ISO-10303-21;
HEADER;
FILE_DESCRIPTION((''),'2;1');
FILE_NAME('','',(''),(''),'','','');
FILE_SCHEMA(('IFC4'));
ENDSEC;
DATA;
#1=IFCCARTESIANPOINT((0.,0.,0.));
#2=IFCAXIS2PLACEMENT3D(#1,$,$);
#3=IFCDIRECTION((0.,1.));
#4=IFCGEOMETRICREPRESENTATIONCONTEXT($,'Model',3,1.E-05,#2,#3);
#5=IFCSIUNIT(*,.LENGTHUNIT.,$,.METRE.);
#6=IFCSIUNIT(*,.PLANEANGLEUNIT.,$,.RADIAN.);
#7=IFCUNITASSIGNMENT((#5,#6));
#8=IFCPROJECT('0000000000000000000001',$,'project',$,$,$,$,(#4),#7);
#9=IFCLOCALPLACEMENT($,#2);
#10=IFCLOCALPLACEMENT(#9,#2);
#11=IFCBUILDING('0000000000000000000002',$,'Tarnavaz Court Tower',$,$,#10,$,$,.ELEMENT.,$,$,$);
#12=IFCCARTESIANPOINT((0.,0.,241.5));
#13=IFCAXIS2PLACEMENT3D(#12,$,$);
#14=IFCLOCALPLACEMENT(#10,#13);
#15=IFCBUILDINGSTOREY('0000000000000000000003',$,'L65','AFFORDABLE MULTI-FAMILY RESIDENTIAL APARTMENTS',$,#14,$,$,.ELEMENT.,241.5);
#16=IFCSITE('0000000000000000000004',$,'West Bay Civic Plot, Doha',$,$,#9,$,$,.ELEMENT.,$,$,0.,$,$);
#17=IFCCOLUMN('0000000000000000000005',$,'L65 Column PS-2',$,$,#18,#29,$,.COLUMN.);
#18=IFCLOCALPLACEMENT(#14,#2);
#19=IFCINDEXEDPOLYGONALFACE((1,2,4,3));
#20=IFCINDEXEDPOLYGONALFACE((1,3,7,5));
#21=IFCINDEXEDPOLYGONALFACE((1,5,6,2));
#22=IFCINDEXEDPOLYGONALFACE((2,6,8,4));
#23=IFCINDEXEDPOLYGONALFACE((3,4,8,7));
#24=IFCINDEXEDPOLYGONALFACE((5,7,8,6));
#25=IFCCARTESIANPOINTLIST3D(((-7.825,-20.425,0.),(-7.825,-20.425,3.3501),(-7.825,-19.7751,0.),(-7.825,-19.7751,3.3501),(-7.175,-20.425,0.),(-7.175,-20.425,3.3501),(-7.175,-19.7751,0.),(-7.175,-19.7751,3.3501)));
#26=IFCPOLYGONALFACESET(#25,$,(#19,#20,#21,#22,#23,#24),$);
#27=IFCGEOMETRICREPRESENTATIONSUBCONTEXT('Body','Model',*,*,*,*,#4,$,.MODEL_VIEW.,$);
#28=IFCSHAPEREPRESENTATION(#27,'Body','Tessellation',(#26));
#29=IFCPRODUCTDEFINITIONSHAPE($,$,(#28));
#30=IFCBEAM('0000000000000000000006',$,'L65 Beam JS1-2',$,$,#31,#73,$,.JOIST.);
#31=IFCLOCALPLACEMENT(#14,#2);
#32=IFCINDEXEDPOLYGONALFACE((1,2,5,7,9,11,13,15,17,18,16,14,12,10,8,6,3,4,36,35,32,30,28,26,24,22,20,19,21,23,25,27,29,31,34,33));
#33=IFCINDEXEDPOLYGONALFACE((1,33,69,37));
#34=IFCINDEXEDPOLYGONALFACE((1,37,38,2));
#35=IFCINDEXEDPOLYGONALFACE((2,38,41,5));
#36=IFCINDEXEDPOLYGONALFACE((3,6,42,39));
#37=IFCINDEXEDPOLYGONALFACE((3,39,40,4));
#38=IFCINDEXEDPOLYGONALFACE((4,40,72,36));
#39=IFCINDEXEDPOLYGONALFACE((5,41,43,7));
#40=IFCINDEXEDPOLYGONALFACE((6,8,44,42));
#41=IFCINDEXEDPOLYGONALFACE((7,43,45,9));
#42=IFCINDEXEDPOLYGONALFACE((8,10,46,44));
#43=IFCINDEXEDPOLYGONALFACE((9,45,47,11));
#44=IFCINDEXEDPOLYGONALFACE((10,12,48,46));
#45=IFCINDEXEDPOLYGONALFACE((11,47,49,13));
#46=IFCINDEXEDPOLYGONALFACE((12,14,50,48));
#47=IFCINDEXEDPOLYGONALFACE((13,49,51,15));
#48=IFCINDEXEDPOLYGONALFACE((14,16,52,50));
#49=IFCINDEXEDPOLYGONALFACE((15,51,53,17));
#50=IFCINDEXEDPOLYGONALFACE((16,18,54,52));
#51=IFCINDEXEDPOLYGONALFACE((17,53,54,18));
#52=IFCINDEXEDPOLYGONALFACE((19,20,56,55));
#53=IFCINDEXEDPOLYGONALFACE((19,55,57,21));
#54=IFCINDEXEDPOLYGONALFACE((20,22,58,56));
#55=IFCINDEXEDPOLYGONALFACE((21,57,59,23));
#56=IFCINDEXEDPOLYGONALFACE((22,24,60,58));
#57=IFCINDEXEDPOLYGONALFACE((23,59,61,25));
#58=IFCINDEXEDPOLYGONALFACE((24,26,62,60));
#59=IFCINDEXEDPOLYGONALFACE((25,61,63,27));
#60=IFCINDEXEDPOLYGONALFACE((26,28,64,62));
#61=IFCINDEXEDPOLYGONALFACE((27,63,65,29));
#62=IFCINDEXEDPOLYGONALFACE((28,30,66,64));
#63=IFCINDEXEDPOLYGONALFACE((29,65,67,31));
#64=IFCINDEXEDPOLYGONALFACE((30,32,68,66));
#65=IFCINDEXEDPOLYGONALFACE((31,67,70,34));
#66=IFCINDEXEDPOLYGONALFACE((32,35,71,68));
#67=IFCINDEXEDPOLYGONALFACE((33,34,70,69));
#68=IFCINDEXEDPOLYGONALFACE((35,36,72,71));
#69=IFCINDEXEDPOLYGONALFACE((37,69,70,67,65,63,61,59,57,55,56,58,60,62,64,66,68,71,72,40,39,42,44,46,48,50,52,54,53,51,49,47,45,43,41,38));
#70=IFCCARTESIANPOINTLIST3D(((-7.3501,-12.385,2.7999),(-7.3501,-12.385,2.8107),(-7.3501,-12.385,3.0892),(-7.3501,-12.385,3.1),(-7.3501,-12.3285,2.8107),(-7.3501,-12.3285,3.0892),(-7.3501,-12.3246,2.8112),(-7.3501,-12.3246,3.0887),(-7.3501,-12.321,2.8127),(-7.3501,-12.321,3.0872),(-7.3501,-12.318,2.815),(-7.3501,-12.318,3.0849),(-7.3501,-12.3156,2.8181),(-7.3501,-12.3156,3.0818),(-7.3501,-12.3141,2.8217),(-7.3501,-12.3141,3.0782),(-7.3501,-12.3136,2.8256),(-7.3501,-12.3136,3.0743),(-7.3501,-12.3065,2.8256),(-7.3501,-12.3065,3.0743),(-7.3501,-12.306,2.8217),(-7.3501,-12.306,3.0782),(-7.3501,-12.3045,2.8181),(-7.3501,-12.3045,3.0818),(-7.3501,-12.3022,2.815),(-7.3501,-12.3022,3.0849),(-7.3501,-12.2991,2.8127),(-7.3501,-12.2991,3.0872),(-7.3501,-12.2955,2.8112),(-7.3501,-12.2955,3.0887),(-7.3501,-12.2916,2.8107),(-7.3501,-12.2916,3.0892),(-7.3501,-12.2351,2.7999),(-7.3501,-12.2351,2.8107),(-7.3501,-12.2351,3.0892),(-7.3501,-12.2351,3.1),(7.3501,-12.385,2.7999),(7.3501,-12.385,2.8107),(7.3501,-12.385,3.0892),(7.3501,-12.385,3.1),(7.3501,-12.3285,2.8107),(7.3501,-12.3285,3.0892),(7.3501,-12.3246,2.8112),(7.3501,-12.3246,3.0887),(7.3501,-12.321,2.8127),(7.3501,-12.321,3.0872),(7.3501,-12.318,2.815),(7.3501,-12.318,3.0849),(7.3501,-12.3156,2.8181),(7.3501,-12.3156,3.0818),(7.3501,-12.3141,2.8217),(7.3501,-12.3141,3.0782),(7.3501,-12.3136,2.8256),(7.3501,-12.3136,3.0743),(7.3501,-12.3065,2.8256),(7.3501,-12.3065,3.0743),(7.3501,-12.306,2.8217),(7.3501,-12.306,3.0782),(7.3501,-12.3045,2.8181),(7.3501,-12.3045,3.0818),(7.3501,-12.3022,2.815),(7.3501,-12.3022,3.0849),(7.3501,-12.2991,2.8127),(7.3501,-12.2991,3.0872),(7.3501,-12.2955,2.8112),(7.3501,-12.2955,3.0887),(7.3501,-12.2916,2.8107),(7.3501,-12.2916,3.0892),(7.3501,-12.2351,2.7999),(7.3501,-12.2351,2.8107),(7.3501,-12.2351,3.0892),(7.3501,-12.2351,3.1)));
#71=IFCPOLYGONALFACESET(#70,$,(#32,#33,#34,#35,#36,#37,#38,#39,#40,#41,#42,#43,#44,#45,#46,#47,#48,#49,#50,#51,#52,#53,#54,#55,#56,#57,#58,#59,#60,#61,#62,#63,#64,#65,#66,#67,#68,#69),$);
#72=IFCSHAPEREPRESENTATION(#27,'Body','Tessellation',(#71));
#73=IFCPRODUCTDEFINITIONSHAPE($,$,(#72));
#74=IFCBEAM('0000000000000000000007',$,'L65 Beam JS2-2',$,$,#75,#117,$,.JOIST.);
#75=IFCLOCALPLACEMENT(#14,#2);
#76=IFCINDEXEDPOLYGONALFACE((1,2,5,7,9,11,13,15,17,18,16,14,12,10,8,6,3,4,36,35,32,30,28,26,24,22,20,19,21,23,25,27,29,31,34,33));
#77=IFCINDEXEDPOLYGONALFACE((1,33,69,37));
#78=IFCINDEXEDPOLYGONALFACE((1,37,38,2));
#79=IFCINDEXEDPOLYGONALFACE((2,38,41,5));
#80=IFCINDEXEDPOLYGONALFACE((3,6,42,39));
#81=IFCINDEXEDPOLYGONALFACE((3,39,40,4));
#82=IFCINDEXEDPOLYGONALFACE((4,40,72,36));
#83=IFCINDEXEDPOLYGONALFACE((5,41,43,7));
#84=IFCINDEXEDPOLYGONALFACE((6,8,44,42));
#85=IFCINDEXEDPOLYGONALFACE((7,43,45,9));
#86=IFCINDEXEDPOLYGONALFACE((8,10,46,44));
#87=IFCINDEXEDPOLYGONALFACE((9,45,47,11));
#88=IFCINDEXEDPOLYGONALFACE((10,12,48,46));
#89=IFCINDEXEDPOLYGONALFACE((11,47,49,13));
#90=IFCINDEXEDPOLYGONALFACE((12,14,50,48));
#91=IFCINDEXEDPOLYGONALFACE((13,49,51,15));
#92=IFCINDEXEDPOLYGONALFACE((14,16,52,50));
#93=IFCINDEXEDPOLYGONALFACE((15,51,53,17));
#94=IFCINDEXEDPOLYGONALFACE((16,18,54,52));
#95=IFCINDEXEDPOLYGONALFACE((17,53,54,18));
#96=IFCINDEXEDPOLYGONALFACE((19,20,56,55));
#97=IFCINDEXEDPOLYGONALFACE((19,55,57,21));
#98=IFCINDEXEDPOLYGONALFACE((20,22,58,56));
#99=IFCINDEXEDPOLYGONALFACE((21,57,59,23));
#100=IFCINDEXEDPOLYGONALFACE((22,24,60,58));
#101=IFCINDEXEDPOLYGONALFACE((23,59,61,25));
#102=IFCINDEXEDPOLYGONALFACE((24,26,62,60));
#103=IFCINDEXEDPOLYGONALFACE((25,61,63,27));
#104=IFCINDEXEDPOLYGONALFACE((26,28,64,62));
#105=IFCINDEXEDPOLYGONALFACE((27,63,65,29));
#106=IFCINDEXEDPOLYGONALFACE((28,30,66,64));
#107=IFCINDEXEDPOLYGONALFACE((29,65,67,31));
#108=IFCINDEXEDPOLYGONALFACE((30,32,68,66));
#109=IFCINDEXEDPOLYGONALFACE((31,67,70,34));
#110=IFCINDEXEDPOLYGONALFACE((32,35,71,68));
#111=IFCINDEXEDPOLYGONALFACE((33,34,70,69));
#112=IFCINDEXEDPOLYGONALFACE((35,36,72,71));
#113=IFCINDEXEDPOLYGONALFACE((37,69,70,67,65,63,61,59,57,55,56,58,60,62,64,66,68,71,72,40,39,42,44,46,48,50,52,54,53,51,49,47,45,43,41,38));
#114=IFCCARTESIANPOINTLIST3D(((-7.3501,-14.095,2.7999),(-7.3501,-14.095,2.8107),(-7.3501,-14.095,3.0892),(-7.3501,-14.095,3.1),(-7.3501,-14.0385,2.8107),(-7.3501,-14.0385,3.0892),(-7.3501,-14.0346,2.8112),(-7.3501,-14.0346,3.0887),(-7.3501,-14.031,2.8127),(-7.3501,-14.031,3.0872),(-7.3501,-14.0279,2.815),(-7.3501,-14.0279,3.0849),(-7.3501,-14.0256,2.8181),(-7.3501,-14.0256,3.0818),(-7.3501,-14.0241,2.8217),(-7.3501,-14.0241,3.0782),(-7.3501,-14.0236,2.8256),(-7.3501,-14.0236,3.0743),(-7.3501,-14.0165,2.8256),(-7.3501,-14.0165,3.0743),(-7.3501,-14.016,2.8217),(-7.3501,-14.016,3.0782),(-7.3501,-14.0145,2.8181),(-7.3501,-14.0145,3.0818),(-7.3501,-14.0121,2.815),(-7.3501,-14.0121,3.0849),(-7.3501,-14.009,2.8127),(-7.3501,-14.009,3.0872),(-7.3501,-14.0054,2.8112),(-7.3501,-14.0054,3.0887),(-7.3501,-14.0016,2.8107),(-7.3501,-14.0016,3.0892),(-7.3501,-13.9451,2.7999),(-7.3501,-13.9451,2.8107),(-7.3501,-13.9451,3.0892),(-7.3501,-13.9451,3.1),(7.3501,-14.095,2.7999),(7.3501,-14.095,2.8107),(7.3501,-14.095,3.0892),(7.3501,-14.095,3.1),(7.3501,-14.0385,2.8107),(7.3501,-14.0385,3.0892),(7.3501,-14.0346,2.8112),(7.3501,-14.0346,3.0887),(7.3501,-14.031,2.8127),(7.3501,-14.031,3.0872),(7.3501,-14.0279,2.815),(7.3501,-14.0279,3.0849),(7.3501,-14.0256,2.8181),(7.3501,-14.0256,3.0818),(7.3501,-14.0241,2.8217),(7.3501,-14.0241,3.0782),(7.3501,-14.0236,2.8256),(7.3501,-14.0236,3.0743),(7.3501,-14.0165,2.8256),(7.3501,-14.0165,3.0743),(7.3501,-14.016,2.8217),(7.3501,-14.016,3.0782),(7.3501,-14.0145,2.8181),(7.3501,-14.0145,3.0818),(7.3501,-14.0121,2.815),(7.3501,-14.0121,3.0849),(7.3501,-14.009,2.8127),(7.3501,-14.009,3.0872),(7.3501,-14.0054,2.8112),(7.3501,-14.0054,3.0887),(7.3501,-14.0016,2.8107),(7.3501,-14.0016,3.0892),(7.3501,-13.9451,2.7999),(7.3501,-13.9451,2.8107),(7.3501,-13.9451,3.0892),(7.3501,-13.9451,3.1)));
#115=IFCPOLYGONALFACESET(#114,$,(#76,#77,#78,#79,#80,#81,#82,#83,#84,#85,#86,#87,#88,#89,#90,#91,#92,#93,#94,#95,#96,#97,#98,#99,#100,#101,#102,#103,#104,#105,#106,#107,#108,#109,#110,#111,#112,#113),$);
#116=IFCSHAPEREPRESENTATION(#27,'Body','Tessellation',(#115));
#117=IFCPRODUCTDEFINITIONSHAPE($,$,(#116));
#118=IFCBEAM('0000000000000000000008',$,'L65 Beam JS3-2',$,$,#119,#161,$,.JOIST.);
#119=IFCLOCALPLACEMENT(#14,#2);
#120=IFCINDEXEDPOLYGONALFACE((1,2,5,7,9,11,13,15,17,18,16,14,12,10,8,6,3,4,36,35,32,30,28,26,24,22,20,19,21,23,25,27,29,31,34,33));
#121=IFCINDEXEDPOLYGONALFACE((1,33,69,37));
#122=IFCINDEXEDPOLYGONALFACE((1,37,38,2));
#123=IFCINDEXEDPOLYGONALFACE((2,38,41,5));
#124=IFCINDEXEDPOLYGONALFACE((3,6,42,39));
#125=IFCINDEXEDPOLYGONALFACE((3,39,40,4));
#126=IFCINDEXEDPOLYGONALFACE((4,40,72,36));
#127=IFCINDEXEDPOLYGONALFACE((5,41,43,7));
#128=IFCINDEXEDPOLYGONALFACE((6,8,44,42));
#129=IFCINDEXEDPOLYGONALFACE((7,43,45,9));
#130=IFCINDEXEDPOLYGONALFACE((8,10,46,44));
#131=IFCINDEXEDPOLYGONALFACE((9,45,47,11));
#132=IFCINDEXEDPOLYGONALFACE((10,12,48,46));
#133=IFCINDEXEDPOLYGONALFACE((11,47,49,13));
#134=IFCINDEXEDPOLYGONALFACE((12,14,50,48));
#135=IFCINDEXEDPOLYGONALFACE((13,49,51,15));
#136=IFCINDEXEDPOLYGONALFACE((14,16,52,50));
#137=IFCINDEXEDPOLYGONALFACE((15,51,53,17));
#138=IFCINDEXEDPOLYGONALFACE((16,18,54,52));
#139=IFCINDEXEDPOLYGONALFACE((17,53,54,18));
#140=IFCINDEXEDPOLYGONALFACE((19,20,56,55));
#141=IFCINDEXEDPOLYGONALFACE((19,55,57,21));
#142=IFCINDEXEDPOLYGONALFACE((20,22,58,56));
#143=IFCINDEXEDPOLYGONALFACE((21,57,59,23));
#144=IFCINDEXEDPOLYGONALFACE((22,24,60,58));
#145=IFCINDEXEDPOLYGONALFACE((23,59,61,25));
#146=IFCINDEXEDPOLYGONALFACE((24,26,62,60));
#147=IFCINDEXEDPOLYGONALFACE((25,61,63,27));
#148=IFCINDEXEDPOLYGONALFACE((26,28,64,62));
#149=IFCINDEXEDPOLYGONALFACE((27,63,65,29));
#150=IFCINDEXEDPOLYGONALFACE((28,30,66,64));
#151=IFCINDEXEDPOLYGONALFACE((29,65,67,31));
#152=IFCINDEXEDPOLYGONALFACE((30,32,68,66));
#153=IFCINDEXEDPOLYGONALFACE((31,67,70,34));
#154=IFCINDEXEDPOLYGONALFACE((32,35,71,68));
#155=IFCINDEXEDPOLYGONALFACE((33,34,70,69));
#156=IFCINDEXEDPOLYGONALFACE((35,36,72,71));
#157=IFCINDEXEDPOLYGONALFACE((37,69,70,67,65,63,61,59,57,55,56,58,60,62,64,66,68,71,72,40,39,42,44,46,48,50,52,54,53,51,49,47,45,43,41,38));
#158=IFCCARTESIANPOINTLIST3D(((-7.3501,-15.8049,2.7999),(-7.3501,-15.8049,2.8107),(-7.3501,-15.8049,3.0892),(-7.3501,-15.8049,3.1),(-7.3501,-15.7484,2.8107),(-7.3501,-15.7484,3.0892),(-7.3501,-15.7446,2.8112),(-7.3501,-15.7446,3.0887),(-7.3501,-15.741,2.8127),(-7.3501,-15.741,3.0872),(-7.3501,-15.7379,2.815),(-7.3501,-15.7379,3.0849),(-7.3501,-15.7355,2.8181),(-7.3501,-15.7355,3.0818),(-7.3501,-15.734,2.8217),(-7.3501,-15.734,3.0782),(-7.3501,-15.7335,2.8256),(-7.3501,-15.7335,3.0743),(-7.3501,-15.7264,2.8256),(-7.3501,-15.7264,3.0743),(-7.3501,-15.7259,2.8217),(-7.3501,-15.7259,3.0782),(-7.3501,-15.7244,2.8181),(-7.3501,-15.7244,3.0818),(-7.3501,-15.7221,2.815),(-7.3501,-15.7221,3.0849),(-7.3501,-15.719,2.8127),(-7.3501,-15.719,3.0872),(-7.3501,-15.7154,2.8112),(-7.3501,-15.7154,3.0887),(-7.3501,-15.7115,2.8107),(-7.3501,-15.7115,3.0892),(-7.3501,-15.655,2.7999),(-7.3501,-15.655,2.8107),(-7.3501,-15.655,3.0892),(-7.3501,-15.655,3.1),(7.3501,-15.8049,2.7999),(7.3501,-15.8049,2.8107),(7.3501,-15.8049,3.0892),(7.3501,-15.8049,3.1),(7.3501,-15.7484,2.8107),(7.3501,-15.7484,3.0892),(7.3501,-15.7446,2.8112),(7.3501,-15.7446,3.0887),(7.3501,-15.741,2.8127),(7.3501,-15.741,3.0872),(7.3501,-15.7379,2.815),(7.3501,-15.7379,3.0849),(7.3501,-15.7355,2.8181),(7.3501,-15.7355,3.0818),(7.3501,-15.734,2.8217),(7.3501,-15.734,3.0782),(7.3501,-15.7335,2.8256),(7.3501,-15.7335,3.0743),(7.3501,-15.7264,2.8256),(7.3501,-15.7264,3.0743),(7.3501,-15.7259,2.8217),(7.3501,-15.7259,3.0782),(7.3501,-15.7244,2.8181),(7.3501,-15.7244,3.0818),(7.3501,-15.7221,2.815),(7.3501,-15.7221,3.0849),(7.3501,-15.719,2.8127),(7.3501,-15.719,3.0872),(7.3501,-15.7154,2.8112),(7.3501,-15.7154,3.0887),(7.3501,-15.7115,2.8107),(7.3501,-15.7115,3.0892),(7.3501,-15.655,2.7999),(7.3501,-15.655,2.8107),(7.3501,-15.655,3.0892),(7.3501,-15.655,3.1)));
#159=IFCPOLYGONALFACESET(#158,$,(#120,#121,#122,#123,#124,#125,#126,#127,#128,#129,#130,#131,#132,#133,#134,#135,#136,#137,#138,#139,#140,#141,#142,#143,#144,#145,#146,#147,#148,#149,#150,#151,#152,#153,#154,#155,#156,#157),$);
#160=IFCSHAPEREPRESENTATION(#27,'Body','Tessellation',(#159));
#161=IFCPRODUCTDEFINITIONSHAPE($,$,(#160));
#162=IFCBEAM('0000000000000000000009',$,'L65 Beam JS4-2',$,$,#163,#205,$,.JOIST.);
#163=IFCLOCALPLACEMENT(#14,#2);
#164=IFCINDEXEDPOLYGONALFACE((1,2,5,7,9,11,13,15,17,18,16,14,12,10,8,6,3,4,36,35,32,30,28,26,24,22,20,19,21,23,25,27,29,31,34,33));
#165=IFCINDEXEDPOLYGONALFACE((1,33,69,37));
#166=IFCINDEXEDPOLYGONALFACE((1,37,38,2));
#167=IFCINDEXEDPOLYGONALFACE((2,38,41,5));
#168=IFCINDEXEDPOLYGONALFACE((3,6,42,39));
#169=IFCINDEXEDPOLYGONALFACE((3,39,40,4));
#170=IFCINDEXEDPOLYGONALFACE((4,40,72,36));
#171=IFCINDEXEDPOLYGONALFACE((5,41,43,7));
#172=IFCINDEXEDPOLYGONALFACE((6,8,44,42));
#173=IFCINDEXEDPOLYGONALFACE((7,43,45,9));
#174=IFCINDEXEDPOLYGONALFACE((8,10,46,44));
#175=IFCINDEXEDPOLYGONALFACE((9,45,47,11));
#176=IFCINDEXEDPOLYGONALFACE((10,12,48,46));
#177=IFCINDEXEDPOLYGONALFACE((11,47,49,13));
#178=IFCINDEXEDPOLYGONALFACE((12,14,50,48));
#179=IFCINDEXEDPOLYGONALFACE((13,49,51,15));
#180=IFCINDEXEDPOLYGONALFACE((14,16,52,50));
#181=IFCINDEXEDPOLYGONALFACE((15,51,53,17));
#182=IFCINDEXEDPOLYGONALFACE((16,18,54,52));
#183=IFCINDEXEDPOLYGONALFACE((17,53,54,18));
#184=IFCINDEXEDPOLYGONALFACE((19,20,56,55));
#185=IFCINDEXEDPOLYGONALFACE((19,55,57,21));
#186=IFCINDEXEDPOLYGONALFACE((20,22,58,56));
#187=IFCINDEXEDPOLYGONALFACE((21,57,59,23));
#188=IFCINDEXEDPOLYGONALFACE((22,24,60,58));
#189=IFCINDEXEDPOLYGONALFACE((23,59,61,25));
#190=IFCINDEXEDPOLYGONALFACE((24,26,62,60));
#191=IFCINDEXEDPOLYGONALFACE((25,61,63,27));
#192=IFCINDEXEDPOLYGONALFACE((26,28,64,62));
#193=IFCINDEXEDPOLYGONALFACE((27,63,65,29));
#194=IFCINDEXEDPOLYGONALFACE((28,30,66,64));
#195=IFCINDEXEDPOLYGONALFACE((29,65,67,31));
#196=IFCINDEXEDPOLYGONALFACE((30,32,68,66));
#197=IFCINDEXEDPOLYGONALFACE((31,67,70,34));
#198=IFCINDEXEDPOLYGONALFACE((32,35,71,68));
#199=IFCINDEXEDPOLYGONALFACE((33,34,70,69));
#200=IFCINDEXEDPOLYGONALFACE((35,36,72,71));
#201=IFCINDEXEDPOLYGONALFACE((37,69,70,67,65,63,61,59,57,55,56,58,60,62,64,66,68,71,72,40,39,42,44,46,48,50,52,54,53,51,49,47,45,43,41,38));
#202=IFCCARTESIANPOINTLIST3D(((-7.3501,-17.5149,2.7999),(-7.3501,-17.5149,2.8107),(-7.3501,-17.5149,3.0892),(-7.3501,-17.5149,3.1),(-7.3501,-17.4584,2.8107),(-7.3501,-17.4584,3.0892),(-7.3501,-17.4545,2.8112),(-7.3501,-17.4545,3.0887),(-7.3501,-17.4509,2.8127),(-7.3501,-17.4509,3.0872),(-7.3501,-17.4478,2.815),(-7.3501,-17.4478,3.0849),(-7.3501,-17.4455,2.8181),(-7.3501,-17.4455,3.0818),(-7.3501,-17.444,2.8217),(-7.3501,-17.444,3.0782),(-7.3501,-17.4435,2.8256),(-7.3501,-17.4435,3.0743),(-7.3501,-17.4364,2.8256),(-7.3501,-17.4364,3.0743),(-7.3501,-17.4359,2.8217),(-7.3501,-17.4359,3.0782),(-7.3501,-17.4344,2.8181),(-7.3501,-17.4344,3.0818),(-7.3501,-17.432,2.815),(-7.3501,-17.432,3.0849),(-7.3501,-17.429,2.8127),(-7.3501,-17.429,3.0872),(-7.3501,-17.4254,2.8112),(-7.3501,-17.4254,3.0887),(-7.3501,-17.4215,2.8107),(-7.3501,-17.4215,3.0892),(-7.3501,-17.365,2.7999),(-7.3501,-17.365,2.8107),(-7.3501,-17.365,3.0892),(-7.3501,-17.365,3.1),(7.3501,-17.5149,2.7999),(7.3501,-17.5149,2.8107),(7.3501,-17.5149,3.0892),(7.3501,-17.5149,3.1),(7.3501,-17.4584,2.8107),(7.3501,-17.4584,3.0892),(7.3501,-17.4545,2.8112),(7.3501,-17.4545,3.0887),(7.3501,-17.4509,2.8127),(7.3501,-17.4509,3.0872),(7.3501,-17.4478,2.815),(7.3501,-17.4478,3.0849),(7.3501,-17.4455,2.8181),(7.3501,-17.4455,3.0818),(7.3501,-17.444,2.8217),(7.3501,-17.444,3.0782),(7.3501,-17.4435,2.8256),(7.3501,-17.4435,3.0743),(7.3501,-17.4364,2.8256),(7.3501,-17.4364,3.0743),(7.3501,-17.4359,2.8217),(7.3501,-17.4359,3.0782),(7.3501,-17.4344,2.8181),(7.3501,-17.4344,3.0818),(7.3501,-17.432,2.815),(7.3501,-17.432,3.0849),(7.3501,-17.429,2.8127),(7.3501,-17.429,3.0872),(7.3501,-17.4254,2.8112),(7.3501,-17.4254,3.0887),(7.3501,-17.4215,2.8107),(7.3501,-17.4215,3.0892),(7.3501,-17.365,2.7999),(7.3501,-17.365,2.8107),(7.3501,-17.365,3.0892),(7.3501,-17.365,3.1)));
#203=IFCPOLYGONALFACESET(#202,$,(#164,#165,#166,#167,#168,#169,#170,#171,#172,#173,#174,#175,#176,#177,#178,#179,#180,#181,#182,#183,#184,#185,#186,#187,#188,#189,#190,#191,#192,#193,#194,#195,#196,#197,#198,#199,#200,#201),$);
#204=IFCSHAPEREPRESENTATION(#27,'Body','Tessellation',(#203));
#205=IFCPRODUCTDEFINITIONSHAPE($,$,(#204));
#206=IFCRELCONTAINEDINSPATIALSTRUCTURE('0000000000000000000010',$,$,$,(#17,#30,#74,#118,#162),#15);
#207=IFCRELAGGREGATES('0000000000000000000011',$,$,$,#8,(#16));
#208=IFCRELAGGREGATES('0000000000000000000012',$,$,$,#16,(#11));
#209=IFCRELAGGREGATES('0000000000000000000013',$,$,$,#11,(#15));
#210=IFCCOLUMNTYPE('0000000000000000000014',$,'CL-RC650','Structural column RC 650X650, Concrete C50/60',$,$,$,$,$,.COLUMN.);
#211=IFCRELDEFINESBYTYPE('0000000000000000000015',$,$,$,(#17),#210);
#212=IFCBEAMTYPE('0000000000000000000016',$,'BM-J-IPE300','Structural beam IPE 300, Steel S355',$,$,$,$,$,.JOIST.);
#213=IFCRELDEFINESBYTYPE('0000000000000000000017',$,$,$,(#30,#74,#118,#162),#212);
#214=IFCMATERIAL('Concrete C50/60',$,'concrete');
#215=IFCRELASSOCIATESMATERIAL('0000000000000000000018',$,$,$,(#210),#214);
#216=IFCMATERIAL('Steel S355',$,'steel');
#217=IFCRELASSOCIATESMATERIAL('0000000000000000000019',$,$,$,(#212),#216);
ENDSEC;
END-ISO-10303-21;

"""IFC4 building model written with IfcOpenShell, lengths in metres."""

from ifc_helpers import new_model, si_unit, direction, frame, origin, origin_2d, place, context, subcontext, project, spatial, rectangle, i_section, extrude, material, material_profile, profile_set, type_object, element, save


model = new_model("IFC4")

# Units and contexts
model_context = context("Model", 3, precision=1e-05, world=origin(), true_north=direction((0.0, 1.0)))
body_context = subcontext(model_context, "Body", "Model", "MODEL_VIEW")
ifc_project = project(units=[si_unit("LENGTHUNIT", "METRE"), si_unit("PLANEANGLEUNIT", "RADIAN")], contexts=[model_context])

# Site, building, storey
site_placement = place(None, origin())
site = spatial("IfcSite", under=ifc_project, at=site_placement, Name="West Bay Civic Plot, Doha", CompositionType="ELEMENT", RefElevation=0.0)
building_placement = place(site_placement, origin())
building = spatial("IfcBuilding", under=site, at=building_placement, Name="Tarnavaz Court Tower", CompositionType="ELEMENT")
storey_placement = place(building_placement, frame((0.0, 0.0, 241.5)))
storey = spatial("IfcBuildingStorey", under=building, at=storey_placement, Name="L65", Description="AFFORDABLE MULTI-FAMILY RESIDENTIAL APARTMENTS", CompositionType="ELEMENT", Elevation=241.5)

# Column
ifc_material_1 = material(Name="Concrete C50/60", Category="concrete")
ifc_material_profile_1 = material_profile(ifc_material_1, rectangle(XDim=0.6499, YDim=0.6499, at=origin_2d()), Name="RC 650X650")
ifc_profile_set_1 = profile_set([ifc_material_profile_1], Name="Concrete C50/60")
column_type = type_object("IfcColumnType", Name="CL-RC650", Description="Structural column RC 650X650, Concrete C50/60", PredefinedType="COLUMN", material=ifc_profile_set_1)
column_placement = place(storey_placement, frame((-7.5, -20.1001, 0.0), z_axis=(0.0, 0.0, 1.0), x_axis=(1.0, 0.0, 0.0)))
element("IfcColumn", 1, at=column_placement, inside=storey, type_object=column_type, Name="L65 Column PS-2", PredefinedType="COLUMN", context=body_context, shape_type="SweptSolid", body=[
    extrude(rectangle(XDim=0.6499, YDim=0.6499, at=origin_2d()), origin(), (0.0, 0.0, 1.0), 3.3501),
])

# Beams
ifc_material_2 = material(Name="Steel S355", Category="steel")
ifc_material_profile_2 = material_profile(ifc_material_2, i_section(OverallWidth=0.1499, OverallDepth=0.3, WebThickness=0.0071, FlangeThickness=0.0107, FilletRadius=0.0149, at=origin_2d()), Name="IPE 300")
ifc_profile_set_2 = profile_set([ifc_material_profile_2], Name="Steel S355")
beam_type_1 = type_object("IfcBeamType", Name="BM-J-IPE300", Description="Structural beam IPE 300, Steel S355", PredefinedType="JOIST", material=ifc_profile_set_2)
for number, where, z_axis, x_axis, name in (
    (2, (-7.3501, -12.3101, 2.95), (1.0, 0.0, 0.0), (0.0, 1.0, 0.0), "L65 Beam JS1-2"),
    (3, (-7.3501, -14.02, 2.95), (1.0, 0.0, 0.0), (0.0, 1.0, 0.0), "L65 Beam JS2-2"),
    (4, (-7.3501, -15.73, 2.95), (1.0, 0.0, 0.0), (0.0, 1.0, 0.0), "L65 Beam JS3-2"),
    (5, (-7.3501, -17.4399, 2.95), (1.0, 0.0, 0.0), (0.0, 1.0, 0.0), "L65 Beam JS4-2"),
):
    element("IfcBeam", number, at=place(storey_placement, frame(where, z_axis=z_axis, x_axis=x_axis)), inside=storey, type_object=beam_type_1, Name=name, PredefinedType="JOIST", context=body_context, shape_type="SweptSolid", body=[
        extrude(i_section(OverallWidth=0.1499, OverallDepth=0.3, WebThickness=0.0071, FlangeThickness=0.0107, FilletRadius=0.0149, at=origin_2d()), origin(), (0.0, 0.0, 1.0), 14.7002),
    ])

save(model, "model.ifc")
